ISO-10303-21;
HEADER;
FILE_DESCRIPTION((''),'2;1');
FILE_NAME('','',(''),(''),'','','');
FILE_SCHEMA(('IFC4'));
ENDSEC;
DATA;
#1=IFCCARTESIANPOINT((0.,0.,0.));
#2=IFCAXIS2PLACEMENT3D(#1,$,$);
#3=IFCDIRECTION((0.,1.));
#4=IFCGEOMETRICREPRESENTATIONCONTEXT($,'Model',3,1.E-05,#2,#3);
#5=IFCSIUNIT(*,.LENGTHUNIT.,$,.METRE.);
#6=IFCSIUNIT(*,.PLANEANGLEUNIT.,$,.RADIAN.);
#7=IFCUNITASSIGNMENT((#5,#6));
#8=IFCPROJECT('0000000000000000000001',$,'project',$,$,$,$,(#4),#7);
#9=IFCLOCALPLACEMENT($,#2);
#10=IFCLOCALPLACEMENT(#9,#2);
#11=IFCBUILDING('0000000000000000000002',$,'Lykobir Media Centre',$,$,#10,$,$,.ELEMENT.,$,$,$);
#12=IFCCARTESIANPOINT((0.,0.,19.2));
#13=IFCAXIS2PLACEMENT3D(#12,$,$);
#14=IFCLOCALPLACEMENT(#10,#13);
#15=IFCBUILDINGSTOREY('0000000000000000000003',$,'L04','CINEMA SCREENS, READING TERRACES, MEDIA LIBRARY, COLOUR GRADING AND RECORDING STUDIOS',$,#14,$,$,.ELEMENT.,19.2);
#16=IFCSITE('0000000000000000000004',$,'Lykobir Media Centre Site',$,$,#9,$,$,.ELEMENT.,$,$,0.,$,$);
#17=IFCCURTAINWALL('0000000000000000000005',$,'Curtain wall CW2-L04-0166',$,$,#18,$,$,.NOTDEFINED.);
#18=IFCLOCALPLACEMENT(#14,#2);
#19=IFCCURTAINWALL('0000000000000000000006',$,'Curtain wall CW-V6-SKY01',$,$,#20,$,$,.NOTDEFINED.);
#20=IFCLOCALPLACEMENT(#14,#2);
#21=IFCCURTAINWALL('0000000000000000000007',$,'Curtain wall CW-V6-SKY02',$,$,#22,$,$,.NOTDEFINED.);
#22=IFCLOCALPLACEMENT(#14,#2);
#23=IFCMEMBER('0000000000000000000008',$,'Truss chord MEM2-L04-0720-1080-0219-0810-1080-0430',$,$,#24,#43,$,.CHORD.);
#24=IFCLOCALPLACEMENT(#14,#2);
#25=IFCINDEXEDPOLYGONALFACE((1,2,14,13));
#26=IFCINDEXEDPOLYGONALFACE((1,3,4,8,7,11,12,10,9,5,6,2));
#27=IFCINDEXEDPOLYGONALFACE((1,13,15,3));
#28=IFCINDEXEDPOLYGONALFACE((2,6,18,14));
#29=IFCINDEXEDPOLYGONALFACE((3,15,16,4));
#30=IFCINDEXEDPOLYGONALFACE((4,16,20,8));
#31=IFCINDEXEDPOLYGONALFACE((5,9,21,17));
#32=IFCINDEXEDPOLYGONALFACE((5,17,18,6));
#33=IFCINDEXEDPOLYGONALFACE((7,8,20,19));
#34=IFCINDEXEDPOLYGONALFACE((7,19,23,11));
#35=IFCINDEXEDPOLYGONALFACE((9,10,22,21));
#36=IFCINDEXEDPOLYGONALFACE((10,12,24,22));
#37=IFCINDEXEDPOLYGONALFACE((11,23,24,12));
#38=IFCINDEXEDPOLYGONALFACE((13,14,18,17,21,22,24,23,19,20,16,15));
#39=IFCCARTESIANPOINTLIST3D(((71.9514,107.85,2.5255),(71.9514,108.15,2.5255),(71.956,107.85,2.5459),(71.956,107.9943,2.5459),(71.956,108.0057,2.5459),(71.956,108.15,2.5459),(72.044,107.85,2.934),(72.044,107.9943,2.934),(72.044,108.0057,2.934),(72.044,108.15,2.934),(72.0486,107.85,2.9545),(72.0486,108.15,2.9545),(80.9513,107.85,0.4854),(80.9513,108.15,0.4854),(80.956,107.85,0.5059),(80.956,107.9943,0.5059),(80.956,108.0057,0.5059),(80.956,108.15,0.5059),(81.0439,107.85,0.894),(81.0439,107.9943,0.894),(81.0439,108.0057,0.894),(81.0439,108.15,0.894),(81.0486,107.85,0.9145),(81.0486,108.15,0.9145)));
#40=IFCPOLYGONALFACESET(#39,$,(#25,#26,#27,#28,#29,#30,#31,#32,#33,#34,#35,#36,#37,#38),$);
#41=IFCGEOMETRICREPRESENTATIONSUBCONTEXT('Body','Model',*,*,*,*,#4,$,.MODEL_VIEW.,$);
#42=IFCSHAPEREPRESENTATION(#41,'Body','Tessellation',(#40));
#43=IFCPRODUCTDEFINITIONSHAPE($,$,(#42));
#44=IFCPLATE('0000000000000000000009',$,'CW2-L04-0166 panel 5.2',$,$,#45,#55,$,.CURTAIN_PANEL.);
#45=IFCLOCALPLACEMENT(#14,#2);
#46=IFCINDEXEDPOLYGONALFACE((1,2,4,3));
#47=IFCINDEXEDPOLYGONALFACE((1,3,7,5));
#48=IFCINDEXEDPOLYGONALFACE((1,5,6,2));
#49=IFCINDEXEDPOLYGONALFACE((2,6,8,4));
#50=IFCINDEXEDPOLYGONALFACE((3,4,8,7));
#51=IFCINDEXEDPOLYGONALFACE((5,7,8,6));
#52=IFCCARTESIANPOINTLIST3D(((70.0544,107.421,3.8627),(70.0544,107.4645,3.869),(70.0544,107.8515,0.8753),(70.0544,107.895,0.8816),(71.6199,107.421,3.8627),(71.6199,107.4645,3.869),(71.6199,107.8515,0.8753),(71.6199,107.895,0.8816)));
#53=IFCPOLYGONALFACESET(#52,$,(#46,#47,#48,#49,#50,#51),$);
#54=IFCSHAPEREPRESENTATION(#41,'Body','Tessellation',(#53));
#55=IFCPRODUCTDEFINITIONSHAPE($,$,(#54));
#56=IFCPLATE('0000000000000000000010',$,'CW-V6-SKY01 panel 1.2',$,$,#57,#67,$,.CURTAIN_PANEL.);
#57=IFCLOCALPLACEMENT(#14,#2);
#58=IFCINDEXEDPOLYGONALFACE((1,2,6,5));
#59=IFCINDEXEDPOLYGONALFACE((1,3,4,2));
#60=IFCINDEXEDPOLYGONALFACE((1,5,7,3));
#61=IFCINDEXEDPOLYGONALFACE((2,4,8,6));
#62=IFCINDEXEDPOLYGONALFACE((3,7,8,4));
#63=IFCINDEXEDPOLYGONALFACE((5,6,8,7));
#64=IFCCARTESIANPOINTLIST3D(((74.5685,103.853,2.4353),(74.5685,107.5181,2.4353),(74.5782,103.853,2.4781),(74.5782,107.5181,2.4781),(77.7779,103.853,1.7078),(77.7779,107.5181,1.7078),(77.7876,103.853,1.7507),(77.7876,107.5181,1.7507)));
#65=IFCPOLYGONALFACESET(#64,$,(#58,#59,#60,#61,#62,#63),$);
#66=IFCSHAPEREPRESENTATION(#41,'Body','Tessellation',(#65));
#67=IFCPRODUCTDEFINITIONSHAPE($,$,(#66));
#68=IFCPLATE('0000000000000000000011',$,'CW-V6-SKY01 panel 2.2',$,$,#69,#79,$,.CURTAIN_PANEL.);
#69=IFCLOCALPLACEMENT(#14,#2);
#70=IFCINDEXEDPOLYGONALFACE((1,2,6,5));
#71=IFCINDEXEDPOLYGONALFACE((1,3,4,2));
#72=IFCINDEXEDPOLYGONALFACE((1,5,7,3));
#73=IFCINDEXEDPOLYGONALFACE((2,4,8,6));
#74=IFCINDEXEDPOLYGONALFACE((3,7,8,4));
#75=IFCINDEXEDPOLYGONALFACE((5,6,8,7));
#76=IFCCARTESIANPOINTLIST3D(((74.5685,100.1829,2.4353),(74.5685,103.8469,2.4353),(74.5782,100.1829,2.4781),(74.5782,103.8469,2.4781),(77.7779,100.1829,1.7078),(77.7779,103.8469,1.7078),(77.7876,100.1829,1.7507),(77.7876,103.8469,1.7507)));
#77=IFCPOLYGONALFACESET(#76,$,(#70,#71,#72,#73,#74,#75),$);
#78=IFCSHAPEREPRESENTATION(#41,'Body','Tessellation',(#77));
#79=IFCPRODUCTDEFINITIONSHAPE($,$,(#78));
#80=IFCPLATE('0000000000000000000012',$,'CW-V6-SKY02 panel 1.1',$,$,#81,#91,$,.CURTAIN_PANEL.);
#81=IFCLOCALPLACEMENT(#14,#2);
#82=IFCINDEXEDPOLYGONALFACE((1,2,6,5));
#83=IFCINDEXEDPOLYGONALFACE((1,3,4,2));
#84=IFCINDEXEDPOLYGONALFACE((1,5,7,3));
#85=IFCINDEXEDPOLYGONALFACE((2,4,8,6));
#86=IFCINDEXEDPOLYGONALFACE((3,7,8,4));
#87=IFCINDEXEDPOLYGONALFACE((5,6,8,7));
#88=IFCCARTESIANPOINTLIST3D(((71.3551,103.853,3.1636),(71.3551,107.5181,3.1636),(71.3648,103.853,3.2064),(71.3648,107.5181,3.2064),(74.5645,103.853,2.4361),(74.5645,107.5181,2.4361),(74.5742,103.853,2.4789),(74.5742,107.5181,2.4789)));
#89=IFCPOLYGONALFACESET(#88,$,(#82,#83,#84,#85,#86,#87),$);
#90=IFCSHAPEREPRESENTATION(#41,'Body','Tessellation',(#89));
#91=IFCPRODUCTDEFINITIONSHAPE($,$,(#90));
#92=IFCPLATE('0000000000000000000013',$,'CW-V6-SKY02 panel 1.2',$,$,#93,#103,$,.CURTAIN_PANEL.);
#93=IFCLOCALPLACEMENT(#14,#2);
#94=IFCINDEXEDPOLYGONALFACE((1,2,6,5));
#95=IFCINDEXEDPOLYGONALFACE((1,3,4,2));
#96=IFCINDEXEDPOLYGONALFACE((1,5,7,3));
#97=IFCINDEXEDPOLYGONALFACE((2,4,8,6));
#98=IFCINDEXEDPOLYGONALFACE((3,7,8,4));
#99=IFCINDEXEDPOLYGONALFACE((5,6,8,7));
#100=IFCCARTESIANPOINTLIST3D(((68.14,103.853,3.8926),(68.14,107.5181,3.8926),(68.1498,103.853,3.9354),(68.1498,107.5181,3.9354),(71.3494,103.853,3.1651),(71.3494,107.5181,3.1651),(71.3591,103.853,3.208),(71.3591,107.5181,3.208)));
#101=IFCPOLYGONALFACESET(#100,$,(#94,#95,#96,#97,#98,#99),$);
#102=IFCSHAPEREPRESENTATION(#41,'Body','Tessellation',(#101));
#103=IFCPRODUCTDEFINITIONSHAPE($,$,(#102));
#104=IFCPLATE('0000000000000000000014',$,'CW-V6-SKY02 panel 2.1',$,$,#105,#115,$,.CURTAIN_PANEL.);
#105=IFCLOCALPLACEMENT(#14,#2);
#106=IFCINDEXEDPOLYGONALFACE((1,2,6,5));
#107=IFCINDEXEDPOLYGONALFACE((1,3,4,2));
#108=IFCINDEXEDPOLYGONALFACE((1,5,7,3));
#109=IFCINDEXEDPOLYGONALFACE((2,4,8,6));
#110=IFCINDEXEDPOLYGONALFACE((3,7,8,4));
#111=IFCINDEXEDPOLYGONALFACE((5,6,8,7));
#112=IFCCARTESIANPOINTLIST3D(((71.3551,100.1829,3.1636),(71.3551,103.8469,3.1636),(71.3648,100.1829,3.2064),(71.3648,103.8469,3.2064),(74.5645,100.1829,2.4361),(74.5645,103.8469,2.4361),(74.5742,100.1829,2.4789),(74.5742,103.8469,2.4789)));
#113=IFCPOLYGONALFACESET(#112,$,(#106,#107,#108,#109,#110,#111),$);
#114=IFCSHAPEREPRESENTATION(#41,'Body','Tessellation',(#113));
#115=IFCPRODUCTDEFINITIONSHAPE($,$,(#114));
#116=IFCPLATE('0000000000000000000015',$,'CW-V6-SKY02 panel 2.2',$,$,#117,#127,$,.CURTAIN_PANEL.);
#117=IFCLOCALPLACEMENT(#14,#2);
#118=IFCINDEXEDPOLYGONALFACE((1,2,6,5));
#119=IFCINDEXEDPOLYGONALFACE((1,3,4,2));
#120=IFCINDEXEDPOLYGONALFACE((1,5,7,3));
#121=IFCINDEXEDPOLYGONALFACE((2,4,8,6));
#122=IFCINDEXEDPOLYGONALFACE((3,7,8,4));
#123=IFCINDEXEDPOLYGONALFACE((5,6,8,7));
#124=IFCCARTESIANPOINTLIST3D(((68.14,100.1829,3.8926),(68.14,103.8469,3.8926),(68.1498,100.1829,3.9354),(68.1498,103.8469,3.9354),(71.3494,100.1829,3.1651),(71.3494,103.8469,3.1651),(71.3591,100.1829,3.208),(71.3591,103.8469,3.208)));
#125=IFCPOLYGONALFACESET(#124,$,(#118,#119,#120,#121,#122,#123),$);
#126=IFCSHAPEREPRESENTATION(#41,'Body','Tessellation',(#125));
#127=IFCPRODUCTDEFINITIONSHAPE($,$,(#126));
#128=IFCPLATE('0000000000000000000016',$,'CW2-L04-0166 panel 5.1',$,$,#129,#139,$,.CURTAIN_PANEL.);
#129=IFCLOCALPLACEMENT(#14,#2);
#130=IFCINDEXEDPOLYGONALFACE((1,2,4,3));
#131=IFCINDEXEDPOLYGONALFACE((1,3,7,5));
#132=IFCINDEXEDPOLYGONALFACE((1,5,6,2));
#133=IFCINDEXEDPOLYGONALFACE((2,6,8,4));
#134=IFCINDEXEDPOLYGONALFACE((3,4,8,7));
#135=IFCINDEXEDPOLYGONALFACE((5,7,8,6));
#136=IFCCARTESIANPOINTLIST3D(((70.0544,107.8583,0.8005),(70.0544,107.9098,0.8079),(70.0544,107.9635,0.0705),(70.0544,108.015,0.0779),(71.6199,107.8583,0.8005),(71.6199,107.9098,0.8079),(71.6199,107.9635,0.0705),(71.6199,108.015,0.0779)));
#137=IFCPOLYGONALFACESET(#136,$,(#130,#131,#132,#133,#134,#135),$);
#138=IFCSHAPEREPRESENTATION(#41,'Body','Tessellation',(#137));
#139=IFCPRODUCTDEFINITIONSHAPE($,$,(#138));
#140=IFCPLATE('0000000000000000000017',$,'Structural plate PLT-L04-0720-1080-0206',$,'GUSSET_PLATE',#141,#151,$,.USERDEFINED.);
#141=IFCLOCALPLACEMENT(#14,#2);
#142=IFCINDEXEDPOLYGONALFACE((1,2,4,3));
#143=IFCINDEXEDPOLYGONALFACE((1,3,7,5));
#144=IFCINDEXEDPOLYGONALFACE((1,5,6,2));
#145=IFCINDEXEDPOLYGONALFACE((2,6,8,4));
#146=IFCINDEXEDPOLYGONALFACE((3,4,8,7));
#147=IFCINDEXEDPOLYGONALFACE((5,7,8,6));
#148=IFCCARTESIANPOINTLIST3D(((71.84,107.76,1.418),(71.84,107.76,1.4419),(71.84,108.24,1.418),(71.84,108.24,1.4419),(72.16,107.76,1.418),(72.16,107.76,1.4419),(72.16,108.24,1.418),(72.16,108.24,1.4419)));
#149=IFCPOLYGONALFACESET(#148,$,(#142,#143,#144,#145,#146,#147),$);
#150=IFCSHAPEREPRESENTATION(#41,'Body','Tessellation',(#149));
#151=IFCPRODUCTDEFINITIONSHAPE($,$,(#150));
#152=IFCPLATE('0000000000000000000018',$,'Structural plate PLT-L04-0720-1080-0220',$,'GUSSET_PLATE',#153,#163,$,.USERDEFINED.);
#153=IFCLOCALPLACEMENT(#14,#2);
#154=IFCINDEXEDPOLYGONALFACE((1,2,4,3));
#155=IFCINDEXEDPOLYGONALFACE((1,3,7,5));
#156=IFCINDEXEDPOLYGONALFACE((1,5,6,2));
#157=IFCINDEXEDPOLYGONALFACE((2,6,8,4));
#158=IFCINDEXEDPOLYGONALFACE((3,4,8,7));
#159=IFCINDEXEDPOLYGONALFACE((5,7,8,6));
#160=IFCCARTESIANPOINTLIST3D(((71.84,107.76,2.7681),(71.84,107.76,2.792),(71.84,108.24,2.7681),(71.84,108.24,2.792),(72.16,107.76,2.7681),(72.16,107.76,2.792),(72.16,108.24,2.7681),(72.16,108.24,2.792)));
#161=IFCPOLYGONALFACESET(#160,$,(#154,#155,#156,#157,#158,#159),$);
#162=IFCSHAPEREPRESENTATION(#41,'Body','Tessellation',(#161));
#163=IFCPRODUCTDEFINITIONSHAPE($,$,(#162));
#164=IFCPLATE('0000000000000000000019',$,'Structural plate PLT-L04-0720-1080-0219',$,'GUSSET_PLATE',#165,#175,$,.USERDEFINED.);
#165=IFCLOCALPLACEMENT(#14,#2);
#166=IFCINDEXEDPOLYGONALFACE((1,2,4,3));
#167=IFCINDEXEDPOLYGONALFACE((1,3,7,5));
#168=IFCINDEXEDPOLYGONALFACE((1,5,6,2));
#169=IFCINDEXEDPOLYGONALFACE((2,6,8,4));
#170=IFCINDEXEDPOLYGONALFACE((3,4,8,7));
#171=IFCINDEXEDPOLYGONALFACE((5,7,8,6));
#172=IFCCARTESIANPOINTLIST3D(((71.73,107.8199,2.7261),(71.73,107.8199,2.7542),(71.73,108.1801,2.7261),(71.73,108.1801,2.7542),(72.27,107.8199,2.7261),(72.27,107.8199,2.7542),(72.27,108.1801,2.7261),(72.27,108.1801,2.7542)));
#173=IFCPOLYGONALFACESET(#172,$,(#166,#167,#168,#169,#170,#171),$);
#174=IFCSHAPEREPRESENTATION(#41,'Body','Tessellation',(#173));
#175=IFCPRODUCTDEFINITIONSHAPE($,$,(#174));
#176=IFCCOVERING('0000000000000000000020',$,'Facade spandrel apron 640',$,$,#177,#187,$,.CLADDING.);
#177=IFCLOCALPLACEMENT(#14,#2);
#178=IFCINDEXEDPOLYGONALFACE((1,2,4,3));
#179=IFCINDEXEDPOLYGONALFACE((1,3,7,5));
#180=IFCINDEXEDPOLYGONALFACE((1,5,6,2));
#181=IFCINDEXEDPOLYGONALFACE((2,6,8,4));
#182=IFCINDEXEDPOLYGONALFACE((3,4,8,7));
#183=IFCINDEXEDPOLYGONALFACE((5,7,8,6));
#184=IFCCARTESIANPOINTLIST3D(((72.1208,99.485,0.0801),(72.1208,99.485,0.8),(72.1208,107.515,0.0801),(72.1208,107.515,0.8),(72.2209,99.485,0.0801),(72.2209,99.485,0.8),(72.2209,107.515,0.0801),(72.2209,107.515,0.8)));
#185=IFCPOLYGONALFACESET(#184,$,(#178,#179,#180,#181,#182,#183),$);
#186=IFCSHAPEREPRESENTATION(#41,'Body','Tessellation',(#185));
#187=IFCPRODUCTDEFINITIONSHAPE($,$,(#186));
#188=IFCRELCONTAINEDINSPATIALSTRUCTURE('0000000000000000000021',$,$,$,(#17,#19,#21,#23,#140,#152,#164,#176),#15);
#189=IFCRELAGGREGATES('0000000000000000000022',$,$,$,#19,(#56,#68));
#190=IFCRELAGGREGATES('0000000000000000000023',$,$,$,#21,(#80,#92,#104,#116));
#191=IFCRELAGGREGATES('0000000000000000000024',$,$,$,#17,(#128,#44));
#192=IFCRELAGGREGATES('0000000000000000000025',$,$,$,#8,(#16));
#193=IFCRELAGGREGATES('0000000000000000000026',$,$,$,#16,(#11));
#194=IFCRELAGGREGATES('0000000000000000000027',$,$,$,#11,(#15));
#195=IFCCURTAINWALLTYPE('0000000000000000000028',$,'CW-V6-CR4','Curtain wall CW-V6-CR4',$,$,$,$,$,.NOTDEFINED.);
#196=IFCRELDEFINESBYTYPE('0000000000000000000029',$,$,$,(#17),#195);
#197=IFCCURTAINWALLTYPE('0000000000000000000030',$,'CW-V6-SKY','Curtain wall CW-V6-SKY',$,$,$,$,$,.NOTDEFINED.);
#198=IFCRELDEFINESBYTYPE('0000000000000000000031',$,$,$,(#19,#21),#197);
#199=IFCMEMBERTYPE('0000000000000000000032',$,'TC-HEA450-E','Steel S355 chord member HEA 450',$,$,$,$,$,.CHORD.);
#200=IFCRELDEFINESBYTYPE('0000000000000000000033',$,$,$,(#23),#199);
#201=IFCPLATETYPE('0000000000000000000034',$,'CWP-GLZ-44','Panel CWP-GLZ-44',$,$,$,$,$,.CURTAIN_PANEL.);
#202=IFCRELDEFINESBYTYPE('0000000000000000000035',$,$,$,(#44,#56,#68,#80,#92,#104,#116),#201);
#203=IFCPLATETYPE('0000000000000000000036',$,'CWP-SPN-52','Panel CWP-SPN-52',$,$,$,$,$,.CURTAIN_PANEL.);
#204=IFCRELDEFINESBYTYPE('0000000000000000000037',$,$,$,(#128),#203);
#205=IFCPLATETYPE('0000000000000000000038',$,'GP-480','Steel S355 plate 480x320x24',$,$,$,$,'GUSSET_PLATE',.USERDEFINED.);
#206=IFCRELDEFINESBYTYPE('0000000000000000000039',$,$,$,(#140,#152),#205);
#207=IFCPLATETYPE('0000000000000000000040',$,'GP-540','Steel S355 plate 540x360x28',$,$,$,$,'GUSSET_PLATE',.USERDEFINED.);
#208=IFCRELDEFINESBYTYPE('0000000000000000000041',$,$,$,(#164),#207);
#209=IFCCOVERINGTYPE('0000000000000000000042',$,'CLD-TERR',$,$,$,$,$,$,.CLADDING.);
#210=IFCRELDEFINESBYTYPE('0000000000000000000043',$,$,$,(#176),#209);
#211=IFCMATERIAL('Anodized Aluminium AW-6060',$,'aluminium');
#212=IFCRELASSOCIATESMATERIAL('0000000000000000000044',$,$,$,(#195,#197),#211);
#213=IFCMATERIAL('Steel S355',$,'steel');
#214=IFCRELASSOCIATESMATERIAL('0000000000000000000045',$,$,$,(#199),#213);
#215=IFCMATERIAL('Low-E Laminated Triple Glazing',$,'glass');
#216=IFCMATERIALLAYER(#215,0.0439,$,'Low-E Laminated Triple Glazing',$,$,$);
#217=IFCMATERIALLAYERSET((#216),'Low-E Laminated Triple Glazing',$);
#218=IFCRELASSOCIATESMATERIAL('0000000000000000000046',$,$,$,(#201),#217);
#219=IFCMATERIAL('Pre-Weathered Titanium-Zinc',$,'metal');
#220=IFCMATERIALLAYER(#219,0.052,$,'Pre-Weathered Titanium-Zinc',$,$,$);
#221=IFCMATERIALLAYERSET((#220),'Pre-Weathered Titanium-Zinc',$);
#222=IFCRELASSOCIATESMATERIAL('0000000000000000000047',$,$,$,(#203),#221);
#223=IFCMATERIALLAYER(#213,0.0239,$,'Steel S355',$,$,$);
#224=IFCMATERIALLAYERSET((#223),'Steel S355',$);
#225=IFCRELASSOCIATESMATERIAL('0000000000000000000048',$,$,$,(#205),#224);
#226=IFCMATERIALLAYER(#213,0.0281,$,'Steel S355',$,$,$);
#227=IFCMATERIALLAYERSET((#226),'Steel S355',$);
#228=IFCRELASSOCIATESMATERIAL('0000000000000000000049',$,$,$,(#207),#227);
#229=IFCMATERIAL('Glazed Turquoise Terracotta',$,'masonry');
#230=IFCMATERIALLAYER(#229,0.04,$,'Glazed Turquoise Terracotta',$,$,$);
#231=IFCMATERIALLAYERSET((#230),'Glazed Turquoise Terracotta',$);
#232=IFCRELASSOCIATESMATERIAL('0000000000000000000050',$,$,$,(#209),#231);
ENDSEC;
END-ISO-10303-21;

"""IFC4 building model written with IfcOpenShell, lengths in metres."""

from ifc_helpers import new_model, si_unit, direction, frame, origin, origin_2d, place, context, subcontext, project, spatial, rectangle, i_section, extrude, material, layer, layer_set, material_profile, profile_set, type_object, element, aggregate, save


model = new_model("IFC4")

# Units and contexts
model_context = context("Model", 3, precision=1e-05, world=origin(), true_north=direction((0.0, 1.0)))
body_context = subcontext(model_context, "Body", "Model", "MODEL_VIEW")
ifc_project = project(units=[si_unit("LENGTHUNIT", "METRE"), si_unit("PLANEANGLEUNIT", "RADIAN")], contexts=[model_context])

# Site, building, storey
site_placement = place(None, origin())
site = spatial("IfcSite", under=ifc_project, at=site_placement, Name="Lykobir Media Centre Site", CompositionType="ELEMENT", RefElevation=0.0)
building_placement = place(site_placement, origin())
building = spatial("IfcBuilding", under=site, at=building_placement, Name="Lykobir Media Centre", CompositionType="ELEMENT")
storey_placement = place(building_placement, frame((0.0, 0.0, 19.2)))
storey = spatial("IfcBuildingStorey", under=building, at=storey_placement, Name="L04", Description="CINEMA SCREENS, READING TERRACES, MEDIA LIBRARY, COLOUR GRADING AND RECORDING STUDIOS", CompositionType="ELEMENT", Elevation=19.2)

# Shared definitions
ifc_material_1 = material(Name="Steel S355", Category="steel")

# Curtain walls
ifc_material_2 = material(Name="Anodized Aluminium AW-6060", Category="aluminium")
curtain_wall_type_1 = type_object("IfcCurtainWallType", Name="CW-V6-CR4", Description="Curtain wall CW-V6-CR4", PredefinedType="NOTDEFINED", material=ifc_material_2)
curtain_wall_1_placement = place(storey_placement, origin())
curtain_wall_1 = element("IfcCurtainWall", 1, at=curtain_wall_1_placement, inside=storey, type_object=curtain_wall_type_1, Name="Curtain wall CW2-L04-0166", PredefinedType="NOTDEFINED")
curtain_wall_type_2 = type_object("IfcCurtainWallType", Name="CW-V6-SKY", Description="Curtain wall CW-V6-SKY", PredefinedType="NOTDEFINED", material=ifc_material_2)
curtain_wall_2_placement = place(storey_placement, origin())
curtain_wall_2 = element("IfcCurtainWall", 2, at=curtain_wall_2_placement, inside=storey, type_object=curtain_wall_type_2, Name="Curtain wall CW-V6-SKY01", PredefinedType="NOTDEFINED")
curtain_wall_3_placement = place(storey_placement, origin())
curtain_wall_3 = element("IfcCurtainWall", 3, at=curtain_wall_3_placement, inside=storey, type_object=curtain_wall_type_2, Name="Curtain wall CW-V6-SKY02", PredefinedType="NOTDEFINED")

# Member
ifc_material_profile_1 = material_profile(ifc_material_1, i_section(OverallWidth=0.3, OverallDepth=0.4399, WebThickness=0.0115, FlangeThickness=0.021, at=origin_2d()), Name="HEA 450")
ifc_profile_set_1 = profile_set([ifc_material_profile_1], Name="Steel S355")
member_type_1 = type_object("IfcMemberType", Name="TC-HEA450-E", Description="Steel S355 chord member HEA 450", PredefinedType="CHORD", material=ifc_profile_set_1)
member_1_placement = place(storey_placement, frame((72.0, 108.0, 2.74), z_axis=(0.97526, 0.0, -0.221063), x_axis=(0.0, 1.0, 0.0)))
element("IfcMember", 4, at=member_1_placement, inside=storey, type_object=member_type_1, Name="Truss chord MEM2-L04-0720-1080-0219-0810-1080-0430", PredefinedType="CHORD", context=body_context, shape_type="SweptSolid", body=[
    extrude(i_section(OverallWidth=0.3, OverallDepth=0.4399, WebThickness=0.0115, FlangeThickness=0.021, at=origin_2d()), origin(), (0.0, 0.0, 1.0), 9.2283),
])

# Plates
ifc_material_3 = material(Name="Low-E Laminated Triple Glazing", Category="glass")
ifc_layer_1 = layer(ifc_material_3, 0.0439, Name="Low-E Laminated Triple Glazing")
ifc_layer_set_1 = layer_set([ifc_layer_1], Name="Low-E Laminated Triple Glazing")
plate_type_1 = type_object("IfcPlateType", Name="CWP-GLZ-44", Description="Panel CWP-GLZ-44", PredefinedType="CURTAIN_PANEL", material=ifc_layer_set_1)
plate_1_placement = place(storey_placement, frame((70.8372, 107.8733, 0.8784), z_axis=(0.0, -0.142629, 0.989776), x_axis=(1.0, 0.0, 0.0)))
plate_1 = element("IfcPlate", 5, at=plate_1_placement, type_object=plate_type_1, Name="CW2-L04-0166 panel 5.2", PredefinedType="CURTAIN_PANEL", context=body_context, shape_type="SweptSolid", body=[
    extrude(rectangle(XDim=1.5654, YDim=0.0439, at=origin_2d()), origin(), (0.0, 0.0, 1.0), 3.0183),
])
plate_2_placement = place(storey_placement, frame((77.7827, 105.6855, 1.7292), z_axis=(-0.975261, 0.0, 0.221055), x_axis=(0.0, -1.0, 0.0)))
plate_2 = element("IfcPlate", 6, at=plate_2_placement, type_object=plate_type_1, Name="CW-V6-SKY01 panel 1.2", PredefinedType="CURTAIN_PANEL", context=body_context, shape_type="SweptSolid", body=[
    extrude(rectangle(XDim=3.665, YDim=0.0439, at=origin_2d()), origin(), (0.0, 0.0, 1.0), 3.2908),
])
plate_3_placement = place(storey_placement, frame((77.7827, 102.0149, 1.7292), z_axis=(-0.975261, 0.0, 0.221055), x_axis=(0.0, -1.0, 0.0)))
plate_3 = element("IfcPlate", 7, at=plate_3_placement, type_object=plate_type_1, Name="CW-V6-SKY01 panel 2.2", PredefinedType="CURTAIN_PANEL", context=body_context, shape_type="SweptSolid", body=[
    extrude(rectangle(XDim=3.6641, YDim=0.0439, at=origin_2d()), origin(), (0.0, 0.0, 1.0), 3.2908),
])
aggregate(curtain_wall_2, [plate_2, plate_3])
plate_4_placement = place(storey_placement, frame((74.5693, 105.6855, 2.4575), z_axis=(-0.975258, 0.0, 0.221072), x_axis=(0.0, -1.0, 0.0)))
plate_4 = element("IfcPlate", 8, at=plate_4_placement, type_object=plate_type_1, Name="CW-V6-SKY02 panel 1.1", PredefinedType="CURTAIN_PANEL", context=body_context, shape_type="SweptSolid", body=[
    extrude(rectangle(XDim=3.665, YDim=0.0439, at=origin_2d()), origin(), (0.0, 0.0, 1.0), 3.2908),
])
plate_5_placement = place(storey_placement, frame((71.3542, 105.6855, 3.1865), z_axis=(-0.975258, 0.0, 0.221072), x_axis=(0.0, -1.0, 0.0)))
plate_5 = element("IfcPlate", 9, at=plate_5_placement, type_object=plate_type_1, Name="CW-V6-SKY02 panel 1.2", PredefinedType="CURTAIN_PANEL", context=body_context, shape_type="SweptSolid", body=[
    extrude(rectangle(XDim=3.665, YDim=0.0439, at=origin_2d()), origin(), (0.0, 0.0, 1.0), 3.2908),
])
plate_6_placement = place(storey_placement, frame((74.5693, 102.0149, 2.4575), z_axis=(-0.975258, 0.0, 0.221072), x_axis=(0.0, -1.0, 0.0)))
plate_6 = element("IfcPlate", 10, at=plate_6_placement, type_object=plate_type_1, Name="CW-V6-SKY02 panel 2.1", PredefinedType="CURTAIN_PANEL", context=body_context, shape_type="SweptSolid", body=[
    extrude(rectangle(XDim=3.6641, YDim=0.0439, at=origin_2d()), origin(), (0.0, 0.0, 1.0), 3.2908),
])
plate_7_placement = place(storey_placement, frame((71.3542, 102.0149, 3.1865), z_axis=(-0.975258, 0.0, 0.221072), x_axis=(0.0, -1.0, 0.0)))
plate_7 = element("IfcPlate", 11, at=plate_7_placement, type_object=plate_type_1, Name="CW-V6-SKY02 panel 2.2", PredefinedType="CURTAIN_PANEL", context=body_context, shape_type="SweptSolid", body=[
    extrude(rectangle(XDim=3.6641, YDim=0.0439, at=origin_2d()), origin(), (0.0, 0.0, 1.0), 3.2908),
])
aggregate(curtain_wall_3, [plate_4, plate_5, plate_6, plate_7])
ifc_material_4 = material(Name="Pre-Weathered Titanium-Zinc", Category="metal")
ifc_layer_2 = layer(ifc_material_4, 0.052, Name="Pre-Weathered Titanium-Zinc")
ifc_layer_set_2 = layer_set([ifc_layer_2], Name="Pre-Weathered Titanium-Zinc")
plate_type_2 = type_object("IfcPlateType", Name="CWP-SPN-52", Description="Panel CWP-SPN-52", PredefinedType="CURTAIN_PANEL", material=ifc_layer_set_2)
plate_8_placement = place(storey_placement, frame((70.8372, 107.9893, 0.0742), z_axis=(0.0, -0.142629, 0.989776), x_axis=(1.0, 0.0, 0.0)))
plate_8 = element("IfcPlate", 12, at=plate_8_placement, type_object=plate_type_2, Name="CW2-L04-0166 panel 5.1", PredefinedType="CURTAIN_PANEL", context=body_context, shape_type="SweptSolid", body=[
    extrude(rectangle(XDim=1.5654, YDim=0.052, at=origin_2d()), origin(), (0.0, 0.0, 1.0), 0.7375),
])
aggregate(curtain_wall_1, [plate_8, plate_1])

# Plates
ifc_layer_3 = layer(ifc_material_1, 0.0239, Name="Steel S355")
ifc_layer_set_3 = layer_set([ifc_layer_3], Name="Steel S355")
plate_type_3 = type_object("IfcPlateType", Name="GP-480", Description="Steel S355 plate 480x320x24", ElementType="GUSSET_PLATE", PredefinedType="USERDEFINED", material=ifc_layer_set_3)
for number, where, z_axis, x_axis, name in (
    (13, (72.0, 108.0, 1.418), (0.0, 0.0, 1.0), (0.0, 1.0, 0.0), "Structural plate PLT-L04-0720-1080-0206"),
    (14, (72.0, 108.0, 2.7681), (0.0, 0.0, 1.0), (0.0, 1.0, 0.0), "Structural plate PLT-L04-0720-1080-0220"),
):
    element("IfcPlate", number, at=place(storey_placement, frame(where, z_axis=z_axis, x_axis=x_axis)), inside=storey, type_object=plate_type_3, Name=name, ObjectType="GUSSET_PLATE", PredefinedType="USERDEFINED", context=body_context, shape_type="SweptSolid", body=[
        extrude(rectangle(XDim=0.48, YDim=0.3201, at=origin_2d()), origin(), (0.0, 0.0, 1.0), 0.0239),
    ])
ifc_layer_4 = layer(ifc_material_1, 0.0281, Name="Steel S355")
ifc_layer_set_4 = layer_set([ifc_layer_4], Name="Steel S355")
plate_type_4 = type_object("IfcPlateType", Name="GP-540", Description="Steel S355 plate 540x360x28", ElementType="GUSSET_PLATE", PredefinedType="USERDEFINED", material=ifc_layer_set_4)
plate_9_placement = place(storey_placement, frame((72.0, 108.0, 2.7261), z_axis=(0.0, 0.0, 1.0), x_axis=(1.0, 0.0, 0.0)))
element("IfcPlate", 15, at=plate_9_placement, inside=storey, type_object=plate_type_4, Name="Structural plate PLT-L04-0720-1080-0219", ObjectType="GUSSET_PLATE", PredefinedType="USERDEFINED", context=body_context, shape_type="SweptSolid", body=[
    extrude(rectangle(XDim=0.54, YDim=0.3601, at=origin_2d()), origin(), (0.0, 0.0, 1.0), 0.0281),
])

# Covering
ifc_material_5 = material(Name="Glazed Turquoise Terracotta", Category="masonry")
ifc_layer_5 = layer(ifc_material_5, 0.04, Name="Glazed Turquoise Terracotta")
ifc_layer_set_5 = layer_set([ifc_layer_5], Name="Glazed Turquoise Terracotta")
covering_type_1 = type_object("IfcCoveringType", Name="CLD-TERR", PredefinedType="CLADDING", material=ifc_layer_set_5)
covering_1_placement = place(storey_placement, frame((72.1709, 103.5, 0.0801), z_axis=(0.0, 0.0, 1.0), x_axis=(0.0, 1.0, 0.0)))
element("IfcCovering", 16, at=covering_1_placement, inside=storey, type_object=covering_type_1, Name="Facade spandrel apron 640", PredefinedType="CLADDING", context=body_context, shape_type="SweptSolid", body=[
    extrude(rectangle(XDim=8.03, YDim=0.1001, at=origin_2d()), origin(), (0.0, 0.0, 1.0), 0.72),
])

save(model, "model.ifc")
